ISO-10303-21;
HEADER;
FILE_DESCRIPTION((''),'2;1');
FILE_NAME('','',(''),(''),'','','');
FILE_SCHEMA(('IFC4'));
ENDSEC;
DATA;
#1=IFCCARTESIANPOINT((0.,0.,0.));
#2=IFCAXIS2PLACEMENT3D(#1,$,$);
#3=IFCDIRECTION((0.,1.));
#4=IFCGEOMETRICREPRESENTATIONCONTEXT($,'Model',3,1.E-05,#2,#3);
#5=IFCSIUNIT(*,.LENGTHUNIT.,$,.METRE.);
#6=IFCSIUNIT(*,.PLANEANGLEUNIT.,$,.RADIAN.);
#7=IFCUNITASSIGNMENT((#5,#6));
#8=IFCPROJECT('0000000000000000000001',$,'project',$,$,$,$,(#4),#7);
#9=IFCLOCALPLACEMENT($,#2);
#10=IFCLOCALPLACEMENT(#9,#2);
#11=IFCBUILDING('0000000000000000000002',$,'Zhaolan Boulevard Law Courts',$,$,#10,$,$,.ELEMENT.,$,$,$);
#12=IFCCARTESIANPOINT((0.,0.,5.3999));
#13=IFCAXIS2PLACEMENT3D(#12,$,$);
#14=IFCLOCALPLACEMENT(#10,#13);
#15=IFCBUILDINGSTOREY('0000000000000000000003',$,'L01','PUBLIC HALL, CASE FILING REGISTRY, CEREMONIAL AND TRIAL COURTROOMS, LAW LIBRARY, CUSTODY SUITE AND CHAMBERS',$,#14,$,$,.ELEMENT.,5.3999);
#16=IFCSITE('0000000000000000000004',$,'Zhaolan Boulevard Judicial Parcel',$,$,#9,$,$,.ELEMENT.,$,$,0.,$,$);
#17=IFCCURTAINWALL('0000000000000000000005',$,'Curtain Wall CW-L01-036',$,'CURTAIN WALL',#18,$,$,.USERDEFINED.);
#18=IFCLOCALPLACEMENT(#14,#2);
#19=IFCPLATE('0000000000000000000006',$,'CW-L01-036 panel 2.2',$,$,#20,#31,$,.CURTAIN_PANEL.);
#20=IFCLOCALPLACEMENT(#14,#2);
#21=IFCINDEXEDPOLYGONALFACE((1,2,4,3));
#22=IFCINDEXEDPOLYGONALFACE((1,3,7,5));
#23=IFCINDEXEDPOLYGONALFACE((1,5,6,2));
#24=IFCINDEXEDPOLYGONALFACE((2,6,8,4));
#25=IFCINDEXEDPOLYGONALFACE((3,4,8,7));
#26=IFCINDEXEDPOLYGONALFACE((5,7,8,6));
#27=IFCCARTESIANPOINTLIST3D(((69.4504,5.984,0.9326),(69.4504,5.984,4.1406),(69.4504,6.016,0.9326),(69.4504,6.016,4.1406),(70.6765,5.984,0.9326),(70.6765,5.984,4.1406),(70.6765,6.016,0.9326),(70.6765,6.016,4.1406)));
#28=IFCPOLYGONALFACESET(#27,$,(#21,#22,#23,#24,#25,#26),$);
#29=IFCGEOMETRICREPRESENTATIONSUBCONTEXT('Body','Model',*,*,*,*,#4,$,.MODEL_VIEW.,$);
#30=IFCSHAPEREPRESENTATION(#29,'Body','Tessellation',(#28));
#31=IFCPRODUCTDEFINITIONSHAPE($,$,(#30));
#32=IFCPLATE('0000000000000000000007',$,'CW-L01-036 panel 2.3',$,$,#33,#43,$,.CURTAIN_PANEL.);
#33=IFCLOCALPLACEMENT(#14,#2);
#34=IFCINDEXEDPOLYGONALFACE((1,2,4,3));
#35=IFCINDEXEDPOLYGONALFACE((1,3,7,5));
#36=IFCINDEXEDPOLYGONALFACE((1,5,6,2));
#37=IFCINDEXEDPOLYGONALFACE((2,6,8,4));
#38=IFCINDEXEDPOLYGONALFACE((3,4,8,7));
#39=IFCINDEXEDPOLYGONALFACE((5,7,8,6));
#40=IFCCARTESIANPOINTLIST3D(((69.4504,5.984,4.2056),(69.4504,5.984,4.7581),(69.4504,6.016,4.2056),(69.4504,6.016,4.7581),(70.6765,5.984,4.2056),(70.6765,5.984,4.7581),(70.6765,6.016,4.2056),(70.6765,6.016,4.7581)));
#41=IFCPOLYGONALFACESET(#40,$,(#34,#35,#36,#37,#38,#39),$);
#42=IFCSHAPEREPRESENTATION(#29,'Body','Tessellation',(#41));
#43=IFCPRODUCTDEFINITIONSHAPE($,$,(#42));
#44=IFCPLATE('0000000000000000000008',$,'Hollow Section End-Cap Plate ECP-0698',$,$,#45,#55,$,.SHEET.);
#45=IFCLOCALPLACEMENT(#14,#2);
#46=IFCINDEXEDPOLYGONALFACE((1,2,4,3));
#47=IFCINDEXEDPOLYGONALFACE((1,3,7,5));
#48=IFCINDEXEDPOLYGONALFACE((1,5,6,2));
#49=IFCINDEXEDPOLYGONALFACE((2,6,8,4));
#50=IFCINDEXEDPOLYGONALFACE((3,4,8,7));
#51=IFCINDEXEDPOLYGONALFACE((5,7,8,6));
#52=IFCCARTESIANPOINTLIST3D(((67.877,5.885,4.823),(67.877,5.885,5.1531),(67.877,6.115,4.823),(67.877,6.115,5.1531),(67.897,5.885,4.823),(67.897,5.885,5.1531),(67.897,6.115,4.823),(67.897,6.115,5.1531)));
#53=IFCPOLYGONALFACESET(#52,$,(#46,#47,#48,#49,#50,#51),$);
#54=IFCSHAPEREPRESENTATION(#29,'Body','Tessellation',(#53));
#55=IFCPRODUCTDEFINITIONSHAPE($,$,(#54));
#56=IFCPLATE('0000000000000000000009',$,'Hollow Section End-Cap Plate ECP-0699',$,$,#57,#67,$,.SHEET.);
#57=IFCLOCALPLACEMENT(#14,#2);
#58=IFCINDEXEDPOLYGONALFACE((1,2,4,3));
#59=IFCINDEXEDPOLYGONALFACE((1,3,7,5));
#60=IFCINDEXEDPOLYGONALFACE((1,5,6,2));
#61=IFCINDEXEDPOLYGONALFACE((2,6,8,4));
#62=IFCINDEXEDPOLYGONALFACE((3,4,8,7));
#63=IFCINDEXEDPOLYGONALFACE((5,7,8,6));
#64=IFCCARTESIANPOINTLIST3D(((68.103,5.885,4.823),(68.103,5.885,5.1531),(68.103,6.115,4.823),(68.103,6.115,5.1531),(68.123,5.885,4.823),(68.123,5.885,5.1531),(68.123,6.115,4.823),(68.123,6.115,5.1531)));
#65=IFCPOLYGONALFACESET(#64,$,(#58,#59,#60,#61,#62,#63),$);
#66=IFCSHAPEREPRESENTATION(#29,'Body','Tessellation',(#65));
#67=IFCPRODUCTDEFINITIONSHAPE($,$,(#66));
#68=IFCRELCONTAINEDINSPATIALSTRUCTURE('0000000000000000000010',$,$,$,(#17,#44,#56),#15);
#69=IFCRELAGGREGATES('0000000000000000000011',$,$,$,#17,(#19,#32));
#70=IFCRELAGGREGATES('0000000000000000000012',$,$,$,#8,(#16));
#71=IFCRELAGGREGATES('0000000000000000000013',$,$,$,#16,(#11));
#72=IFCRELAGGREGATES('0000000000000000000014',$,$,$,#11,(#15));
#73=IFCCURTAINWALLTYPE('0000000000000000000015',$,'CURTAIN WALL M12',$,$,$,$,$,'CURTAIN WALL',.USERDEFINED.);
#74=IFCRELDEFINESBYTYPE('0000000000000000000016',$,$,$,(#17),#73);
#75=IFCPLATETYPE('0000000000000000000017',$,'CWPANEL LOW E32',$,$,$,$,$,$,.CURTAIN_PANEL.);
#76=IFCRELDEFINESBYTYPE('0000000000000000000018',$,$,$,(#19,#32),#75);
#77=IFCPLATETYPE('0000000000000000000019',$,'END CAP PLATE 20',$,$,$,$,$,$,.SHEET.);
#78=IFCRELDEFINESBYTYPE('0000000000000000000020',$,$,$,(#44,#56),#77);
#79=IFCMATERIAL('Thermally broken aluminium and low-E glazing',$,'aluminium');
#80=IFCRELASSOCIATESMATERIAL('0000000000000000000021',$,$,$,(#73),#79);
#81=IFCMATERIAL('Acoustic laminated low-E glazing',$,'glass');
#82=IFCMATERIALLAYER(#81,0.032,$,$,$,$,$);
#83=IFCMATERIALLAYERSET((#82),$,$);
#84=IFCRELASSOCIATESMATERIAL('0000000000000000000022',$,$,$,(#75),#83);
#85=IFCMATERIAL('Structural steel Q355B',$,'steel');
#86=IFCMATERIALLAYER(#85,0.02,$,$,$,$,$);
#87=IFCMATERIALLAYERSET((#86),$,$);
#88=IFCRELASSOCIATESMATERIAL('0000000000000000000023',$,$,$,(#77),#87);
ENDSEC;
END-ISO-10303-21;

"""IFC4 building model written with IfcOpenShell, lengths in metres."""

from ifc_helpers import new_model, si_unit, direction, frame, origin, origin_2d, place, context, subcontext, project, spatial, rectangle, extrude, material, layer, layer_set, type_object, element, aggregate, save


model = new_model("IFC4")

# Units and contexts
model_context = context("Model", 3, precision=1e-05, world=origin(), true_north=direction((0.0, 1.0)))
body_context = subcontext(model_context, "Body", "Model", "MODEL_VIEW")
ifc_project = project(units=[si_unit("LENGTHUNIT", "METRE"), si_unit("PLANEANGLEUNIT", "RADIAN")], contexts=[model_context])

# Site, building, storey
site_placement = place(None, origin())
site = spatial("IfcSite", under=ifc_project, at=site_placement, Name="Zhaolan Boulevard Judicial Parcel", CompositionType="ELEMENT", RefElevation=0.0)
building_placement = place(site_placement, origin())
building = spatial("IfcBuilding", under=site, at=building_placement, Name="Zhaolan Boulevard Law Courts", CompositionType="ELEMENT")
storey_placement = place(building_placement, frame((0.0, 0.0, 5.3999)))
storey = spatial("IfcBuildingStorey", under=building, at=storey_placement, Name="L01", Description="PUBLIC HALL, CASE FILING REGISTRY, CEREMONIAL AND TRIAL COURTROOMS, LAW LIBRARY, CUSTODY SUITE AND CHAMBERS", CompositionType="ELEMENT", Elevation=5.3999)

# Curtain wall
ifc_material_1 = material(Name="Thermally broken aluminium and low-E glazing", Category="aluminium")
curtain_wall_type_1 = type_object("IfcCurtainWallType", Name="CURTAIN WALL M12", ElementType="CURTAIN WALL", PredefinedType="USERDEFINED", material=ifc_material_1)
curtain_wall_1_placement = place(storey_placement, origin())
curtain_wall_1 = element("IfcCurtainWall", 1, at=curtain_wall_1_placement, inside=storey, type_object=curtain_wall_type_1, Name="Curtain Wall CW-L01-036", ObjectType="CURTAIN WALL", PredefinedType="USERDEFINED")

# Plates
ifc_material_2 = material(Name="Acoustic laminated low-E glazing", Category="glass")
ifc_layer_1 = layer(ifc_material_2, 0.032)
ifc_layer_set_1 = layer_set([ifc_layer_1])
plate_type_1 = type_object("IfcPlateType", Name="CWPANEL LOW E32", PredefinedType="CURTAIN_PANEL", material=ifc_layer_set_1)
plate_1_placement = place(storey_placement, frame((70.0635, 6.0, 0.9326), z_axis=(0.0, 0.0, 1.0), x_axis=(1.0, 0.0, 0.0)))
plate_1 = element("IfcPlate", 2, at=plate_1_placement, type_object=plate_type_1, Name="CW-L01-036 panel 2.2", PredefinedType="CURTAIN_PANEL", context=body_context, shape_type="SweptSolid", body=[
    extrude(rectangle(XDim=1.2261, YDim=0.032, at=origin_2d()), origin(), (0.0, 0.0, 1.0), 3.208),
])
plate_2_placement = place(storey_placement, frame((70.0635, 6.0, 4.2056), z_axis=(0.0, 0.0, 1.0), x_axis=(1.0, 0.0, 0.0)))
plate_2 = element("IfcPlate", 3, at=plate_2_placement, type_object=plate_type_1, Name="CW-L01-036 panel 2.3", PredefinedType="CURTAIN_PANEL", context=body_context, shape_type="SweptSolid", body=[
    extrude(rectangle(XDim=1.2261, YDim=0.032, at=origin_2d()), origin(), (0.0, 0.0, 1.0), 0.5525),
])
aggregate(curtain_wall_1, [plate_1, plate_2])

# Plates
ifc_material_3 = material(Name="Structural steel Q355B", Category="steel")
ifc_layer_2 = layer(ifc_material_3, 0.02)
ifc_layer_set_2 = layer_set([ifc_layer_2])
plate_type_2 = type_object("IfcPlateType", Name="END CAP PLATE 20", PredefinedType="SHEET", material=ifc_layer_set_2)
for number, where, z_axis, x_axis, name in (
    (4, (67.887, 6.0, 4.823), (0.0, 0.0, 1.0), (1.0, 0.0, 0.0), "Hollow Section End-Cap Plate ECP-0698"),
    (5, (68.113, 6.0, 4.823), (0.0, 0.0, 1.0), (1.0, 0.0, 0.0), "Hollow Section End-Cap Plate ECP-0699"),
):
    element("IfcPlate", number, at=place(storey_placement, frame(where, z_axis=z_axis, x_axis=x_axis)), inside=storey, type_object=plate_type_2, Name=name, PredefinedType="SHEET", context=body_context, shape_type="SweptSolid", body=[
        extrude(rectangle(XDim=0.02, YDim=0.23, at=origin_2d()), origin(), (0.0, 0.0, 1.0), 0.3301),
    ])

save(model, "model.ifc")
